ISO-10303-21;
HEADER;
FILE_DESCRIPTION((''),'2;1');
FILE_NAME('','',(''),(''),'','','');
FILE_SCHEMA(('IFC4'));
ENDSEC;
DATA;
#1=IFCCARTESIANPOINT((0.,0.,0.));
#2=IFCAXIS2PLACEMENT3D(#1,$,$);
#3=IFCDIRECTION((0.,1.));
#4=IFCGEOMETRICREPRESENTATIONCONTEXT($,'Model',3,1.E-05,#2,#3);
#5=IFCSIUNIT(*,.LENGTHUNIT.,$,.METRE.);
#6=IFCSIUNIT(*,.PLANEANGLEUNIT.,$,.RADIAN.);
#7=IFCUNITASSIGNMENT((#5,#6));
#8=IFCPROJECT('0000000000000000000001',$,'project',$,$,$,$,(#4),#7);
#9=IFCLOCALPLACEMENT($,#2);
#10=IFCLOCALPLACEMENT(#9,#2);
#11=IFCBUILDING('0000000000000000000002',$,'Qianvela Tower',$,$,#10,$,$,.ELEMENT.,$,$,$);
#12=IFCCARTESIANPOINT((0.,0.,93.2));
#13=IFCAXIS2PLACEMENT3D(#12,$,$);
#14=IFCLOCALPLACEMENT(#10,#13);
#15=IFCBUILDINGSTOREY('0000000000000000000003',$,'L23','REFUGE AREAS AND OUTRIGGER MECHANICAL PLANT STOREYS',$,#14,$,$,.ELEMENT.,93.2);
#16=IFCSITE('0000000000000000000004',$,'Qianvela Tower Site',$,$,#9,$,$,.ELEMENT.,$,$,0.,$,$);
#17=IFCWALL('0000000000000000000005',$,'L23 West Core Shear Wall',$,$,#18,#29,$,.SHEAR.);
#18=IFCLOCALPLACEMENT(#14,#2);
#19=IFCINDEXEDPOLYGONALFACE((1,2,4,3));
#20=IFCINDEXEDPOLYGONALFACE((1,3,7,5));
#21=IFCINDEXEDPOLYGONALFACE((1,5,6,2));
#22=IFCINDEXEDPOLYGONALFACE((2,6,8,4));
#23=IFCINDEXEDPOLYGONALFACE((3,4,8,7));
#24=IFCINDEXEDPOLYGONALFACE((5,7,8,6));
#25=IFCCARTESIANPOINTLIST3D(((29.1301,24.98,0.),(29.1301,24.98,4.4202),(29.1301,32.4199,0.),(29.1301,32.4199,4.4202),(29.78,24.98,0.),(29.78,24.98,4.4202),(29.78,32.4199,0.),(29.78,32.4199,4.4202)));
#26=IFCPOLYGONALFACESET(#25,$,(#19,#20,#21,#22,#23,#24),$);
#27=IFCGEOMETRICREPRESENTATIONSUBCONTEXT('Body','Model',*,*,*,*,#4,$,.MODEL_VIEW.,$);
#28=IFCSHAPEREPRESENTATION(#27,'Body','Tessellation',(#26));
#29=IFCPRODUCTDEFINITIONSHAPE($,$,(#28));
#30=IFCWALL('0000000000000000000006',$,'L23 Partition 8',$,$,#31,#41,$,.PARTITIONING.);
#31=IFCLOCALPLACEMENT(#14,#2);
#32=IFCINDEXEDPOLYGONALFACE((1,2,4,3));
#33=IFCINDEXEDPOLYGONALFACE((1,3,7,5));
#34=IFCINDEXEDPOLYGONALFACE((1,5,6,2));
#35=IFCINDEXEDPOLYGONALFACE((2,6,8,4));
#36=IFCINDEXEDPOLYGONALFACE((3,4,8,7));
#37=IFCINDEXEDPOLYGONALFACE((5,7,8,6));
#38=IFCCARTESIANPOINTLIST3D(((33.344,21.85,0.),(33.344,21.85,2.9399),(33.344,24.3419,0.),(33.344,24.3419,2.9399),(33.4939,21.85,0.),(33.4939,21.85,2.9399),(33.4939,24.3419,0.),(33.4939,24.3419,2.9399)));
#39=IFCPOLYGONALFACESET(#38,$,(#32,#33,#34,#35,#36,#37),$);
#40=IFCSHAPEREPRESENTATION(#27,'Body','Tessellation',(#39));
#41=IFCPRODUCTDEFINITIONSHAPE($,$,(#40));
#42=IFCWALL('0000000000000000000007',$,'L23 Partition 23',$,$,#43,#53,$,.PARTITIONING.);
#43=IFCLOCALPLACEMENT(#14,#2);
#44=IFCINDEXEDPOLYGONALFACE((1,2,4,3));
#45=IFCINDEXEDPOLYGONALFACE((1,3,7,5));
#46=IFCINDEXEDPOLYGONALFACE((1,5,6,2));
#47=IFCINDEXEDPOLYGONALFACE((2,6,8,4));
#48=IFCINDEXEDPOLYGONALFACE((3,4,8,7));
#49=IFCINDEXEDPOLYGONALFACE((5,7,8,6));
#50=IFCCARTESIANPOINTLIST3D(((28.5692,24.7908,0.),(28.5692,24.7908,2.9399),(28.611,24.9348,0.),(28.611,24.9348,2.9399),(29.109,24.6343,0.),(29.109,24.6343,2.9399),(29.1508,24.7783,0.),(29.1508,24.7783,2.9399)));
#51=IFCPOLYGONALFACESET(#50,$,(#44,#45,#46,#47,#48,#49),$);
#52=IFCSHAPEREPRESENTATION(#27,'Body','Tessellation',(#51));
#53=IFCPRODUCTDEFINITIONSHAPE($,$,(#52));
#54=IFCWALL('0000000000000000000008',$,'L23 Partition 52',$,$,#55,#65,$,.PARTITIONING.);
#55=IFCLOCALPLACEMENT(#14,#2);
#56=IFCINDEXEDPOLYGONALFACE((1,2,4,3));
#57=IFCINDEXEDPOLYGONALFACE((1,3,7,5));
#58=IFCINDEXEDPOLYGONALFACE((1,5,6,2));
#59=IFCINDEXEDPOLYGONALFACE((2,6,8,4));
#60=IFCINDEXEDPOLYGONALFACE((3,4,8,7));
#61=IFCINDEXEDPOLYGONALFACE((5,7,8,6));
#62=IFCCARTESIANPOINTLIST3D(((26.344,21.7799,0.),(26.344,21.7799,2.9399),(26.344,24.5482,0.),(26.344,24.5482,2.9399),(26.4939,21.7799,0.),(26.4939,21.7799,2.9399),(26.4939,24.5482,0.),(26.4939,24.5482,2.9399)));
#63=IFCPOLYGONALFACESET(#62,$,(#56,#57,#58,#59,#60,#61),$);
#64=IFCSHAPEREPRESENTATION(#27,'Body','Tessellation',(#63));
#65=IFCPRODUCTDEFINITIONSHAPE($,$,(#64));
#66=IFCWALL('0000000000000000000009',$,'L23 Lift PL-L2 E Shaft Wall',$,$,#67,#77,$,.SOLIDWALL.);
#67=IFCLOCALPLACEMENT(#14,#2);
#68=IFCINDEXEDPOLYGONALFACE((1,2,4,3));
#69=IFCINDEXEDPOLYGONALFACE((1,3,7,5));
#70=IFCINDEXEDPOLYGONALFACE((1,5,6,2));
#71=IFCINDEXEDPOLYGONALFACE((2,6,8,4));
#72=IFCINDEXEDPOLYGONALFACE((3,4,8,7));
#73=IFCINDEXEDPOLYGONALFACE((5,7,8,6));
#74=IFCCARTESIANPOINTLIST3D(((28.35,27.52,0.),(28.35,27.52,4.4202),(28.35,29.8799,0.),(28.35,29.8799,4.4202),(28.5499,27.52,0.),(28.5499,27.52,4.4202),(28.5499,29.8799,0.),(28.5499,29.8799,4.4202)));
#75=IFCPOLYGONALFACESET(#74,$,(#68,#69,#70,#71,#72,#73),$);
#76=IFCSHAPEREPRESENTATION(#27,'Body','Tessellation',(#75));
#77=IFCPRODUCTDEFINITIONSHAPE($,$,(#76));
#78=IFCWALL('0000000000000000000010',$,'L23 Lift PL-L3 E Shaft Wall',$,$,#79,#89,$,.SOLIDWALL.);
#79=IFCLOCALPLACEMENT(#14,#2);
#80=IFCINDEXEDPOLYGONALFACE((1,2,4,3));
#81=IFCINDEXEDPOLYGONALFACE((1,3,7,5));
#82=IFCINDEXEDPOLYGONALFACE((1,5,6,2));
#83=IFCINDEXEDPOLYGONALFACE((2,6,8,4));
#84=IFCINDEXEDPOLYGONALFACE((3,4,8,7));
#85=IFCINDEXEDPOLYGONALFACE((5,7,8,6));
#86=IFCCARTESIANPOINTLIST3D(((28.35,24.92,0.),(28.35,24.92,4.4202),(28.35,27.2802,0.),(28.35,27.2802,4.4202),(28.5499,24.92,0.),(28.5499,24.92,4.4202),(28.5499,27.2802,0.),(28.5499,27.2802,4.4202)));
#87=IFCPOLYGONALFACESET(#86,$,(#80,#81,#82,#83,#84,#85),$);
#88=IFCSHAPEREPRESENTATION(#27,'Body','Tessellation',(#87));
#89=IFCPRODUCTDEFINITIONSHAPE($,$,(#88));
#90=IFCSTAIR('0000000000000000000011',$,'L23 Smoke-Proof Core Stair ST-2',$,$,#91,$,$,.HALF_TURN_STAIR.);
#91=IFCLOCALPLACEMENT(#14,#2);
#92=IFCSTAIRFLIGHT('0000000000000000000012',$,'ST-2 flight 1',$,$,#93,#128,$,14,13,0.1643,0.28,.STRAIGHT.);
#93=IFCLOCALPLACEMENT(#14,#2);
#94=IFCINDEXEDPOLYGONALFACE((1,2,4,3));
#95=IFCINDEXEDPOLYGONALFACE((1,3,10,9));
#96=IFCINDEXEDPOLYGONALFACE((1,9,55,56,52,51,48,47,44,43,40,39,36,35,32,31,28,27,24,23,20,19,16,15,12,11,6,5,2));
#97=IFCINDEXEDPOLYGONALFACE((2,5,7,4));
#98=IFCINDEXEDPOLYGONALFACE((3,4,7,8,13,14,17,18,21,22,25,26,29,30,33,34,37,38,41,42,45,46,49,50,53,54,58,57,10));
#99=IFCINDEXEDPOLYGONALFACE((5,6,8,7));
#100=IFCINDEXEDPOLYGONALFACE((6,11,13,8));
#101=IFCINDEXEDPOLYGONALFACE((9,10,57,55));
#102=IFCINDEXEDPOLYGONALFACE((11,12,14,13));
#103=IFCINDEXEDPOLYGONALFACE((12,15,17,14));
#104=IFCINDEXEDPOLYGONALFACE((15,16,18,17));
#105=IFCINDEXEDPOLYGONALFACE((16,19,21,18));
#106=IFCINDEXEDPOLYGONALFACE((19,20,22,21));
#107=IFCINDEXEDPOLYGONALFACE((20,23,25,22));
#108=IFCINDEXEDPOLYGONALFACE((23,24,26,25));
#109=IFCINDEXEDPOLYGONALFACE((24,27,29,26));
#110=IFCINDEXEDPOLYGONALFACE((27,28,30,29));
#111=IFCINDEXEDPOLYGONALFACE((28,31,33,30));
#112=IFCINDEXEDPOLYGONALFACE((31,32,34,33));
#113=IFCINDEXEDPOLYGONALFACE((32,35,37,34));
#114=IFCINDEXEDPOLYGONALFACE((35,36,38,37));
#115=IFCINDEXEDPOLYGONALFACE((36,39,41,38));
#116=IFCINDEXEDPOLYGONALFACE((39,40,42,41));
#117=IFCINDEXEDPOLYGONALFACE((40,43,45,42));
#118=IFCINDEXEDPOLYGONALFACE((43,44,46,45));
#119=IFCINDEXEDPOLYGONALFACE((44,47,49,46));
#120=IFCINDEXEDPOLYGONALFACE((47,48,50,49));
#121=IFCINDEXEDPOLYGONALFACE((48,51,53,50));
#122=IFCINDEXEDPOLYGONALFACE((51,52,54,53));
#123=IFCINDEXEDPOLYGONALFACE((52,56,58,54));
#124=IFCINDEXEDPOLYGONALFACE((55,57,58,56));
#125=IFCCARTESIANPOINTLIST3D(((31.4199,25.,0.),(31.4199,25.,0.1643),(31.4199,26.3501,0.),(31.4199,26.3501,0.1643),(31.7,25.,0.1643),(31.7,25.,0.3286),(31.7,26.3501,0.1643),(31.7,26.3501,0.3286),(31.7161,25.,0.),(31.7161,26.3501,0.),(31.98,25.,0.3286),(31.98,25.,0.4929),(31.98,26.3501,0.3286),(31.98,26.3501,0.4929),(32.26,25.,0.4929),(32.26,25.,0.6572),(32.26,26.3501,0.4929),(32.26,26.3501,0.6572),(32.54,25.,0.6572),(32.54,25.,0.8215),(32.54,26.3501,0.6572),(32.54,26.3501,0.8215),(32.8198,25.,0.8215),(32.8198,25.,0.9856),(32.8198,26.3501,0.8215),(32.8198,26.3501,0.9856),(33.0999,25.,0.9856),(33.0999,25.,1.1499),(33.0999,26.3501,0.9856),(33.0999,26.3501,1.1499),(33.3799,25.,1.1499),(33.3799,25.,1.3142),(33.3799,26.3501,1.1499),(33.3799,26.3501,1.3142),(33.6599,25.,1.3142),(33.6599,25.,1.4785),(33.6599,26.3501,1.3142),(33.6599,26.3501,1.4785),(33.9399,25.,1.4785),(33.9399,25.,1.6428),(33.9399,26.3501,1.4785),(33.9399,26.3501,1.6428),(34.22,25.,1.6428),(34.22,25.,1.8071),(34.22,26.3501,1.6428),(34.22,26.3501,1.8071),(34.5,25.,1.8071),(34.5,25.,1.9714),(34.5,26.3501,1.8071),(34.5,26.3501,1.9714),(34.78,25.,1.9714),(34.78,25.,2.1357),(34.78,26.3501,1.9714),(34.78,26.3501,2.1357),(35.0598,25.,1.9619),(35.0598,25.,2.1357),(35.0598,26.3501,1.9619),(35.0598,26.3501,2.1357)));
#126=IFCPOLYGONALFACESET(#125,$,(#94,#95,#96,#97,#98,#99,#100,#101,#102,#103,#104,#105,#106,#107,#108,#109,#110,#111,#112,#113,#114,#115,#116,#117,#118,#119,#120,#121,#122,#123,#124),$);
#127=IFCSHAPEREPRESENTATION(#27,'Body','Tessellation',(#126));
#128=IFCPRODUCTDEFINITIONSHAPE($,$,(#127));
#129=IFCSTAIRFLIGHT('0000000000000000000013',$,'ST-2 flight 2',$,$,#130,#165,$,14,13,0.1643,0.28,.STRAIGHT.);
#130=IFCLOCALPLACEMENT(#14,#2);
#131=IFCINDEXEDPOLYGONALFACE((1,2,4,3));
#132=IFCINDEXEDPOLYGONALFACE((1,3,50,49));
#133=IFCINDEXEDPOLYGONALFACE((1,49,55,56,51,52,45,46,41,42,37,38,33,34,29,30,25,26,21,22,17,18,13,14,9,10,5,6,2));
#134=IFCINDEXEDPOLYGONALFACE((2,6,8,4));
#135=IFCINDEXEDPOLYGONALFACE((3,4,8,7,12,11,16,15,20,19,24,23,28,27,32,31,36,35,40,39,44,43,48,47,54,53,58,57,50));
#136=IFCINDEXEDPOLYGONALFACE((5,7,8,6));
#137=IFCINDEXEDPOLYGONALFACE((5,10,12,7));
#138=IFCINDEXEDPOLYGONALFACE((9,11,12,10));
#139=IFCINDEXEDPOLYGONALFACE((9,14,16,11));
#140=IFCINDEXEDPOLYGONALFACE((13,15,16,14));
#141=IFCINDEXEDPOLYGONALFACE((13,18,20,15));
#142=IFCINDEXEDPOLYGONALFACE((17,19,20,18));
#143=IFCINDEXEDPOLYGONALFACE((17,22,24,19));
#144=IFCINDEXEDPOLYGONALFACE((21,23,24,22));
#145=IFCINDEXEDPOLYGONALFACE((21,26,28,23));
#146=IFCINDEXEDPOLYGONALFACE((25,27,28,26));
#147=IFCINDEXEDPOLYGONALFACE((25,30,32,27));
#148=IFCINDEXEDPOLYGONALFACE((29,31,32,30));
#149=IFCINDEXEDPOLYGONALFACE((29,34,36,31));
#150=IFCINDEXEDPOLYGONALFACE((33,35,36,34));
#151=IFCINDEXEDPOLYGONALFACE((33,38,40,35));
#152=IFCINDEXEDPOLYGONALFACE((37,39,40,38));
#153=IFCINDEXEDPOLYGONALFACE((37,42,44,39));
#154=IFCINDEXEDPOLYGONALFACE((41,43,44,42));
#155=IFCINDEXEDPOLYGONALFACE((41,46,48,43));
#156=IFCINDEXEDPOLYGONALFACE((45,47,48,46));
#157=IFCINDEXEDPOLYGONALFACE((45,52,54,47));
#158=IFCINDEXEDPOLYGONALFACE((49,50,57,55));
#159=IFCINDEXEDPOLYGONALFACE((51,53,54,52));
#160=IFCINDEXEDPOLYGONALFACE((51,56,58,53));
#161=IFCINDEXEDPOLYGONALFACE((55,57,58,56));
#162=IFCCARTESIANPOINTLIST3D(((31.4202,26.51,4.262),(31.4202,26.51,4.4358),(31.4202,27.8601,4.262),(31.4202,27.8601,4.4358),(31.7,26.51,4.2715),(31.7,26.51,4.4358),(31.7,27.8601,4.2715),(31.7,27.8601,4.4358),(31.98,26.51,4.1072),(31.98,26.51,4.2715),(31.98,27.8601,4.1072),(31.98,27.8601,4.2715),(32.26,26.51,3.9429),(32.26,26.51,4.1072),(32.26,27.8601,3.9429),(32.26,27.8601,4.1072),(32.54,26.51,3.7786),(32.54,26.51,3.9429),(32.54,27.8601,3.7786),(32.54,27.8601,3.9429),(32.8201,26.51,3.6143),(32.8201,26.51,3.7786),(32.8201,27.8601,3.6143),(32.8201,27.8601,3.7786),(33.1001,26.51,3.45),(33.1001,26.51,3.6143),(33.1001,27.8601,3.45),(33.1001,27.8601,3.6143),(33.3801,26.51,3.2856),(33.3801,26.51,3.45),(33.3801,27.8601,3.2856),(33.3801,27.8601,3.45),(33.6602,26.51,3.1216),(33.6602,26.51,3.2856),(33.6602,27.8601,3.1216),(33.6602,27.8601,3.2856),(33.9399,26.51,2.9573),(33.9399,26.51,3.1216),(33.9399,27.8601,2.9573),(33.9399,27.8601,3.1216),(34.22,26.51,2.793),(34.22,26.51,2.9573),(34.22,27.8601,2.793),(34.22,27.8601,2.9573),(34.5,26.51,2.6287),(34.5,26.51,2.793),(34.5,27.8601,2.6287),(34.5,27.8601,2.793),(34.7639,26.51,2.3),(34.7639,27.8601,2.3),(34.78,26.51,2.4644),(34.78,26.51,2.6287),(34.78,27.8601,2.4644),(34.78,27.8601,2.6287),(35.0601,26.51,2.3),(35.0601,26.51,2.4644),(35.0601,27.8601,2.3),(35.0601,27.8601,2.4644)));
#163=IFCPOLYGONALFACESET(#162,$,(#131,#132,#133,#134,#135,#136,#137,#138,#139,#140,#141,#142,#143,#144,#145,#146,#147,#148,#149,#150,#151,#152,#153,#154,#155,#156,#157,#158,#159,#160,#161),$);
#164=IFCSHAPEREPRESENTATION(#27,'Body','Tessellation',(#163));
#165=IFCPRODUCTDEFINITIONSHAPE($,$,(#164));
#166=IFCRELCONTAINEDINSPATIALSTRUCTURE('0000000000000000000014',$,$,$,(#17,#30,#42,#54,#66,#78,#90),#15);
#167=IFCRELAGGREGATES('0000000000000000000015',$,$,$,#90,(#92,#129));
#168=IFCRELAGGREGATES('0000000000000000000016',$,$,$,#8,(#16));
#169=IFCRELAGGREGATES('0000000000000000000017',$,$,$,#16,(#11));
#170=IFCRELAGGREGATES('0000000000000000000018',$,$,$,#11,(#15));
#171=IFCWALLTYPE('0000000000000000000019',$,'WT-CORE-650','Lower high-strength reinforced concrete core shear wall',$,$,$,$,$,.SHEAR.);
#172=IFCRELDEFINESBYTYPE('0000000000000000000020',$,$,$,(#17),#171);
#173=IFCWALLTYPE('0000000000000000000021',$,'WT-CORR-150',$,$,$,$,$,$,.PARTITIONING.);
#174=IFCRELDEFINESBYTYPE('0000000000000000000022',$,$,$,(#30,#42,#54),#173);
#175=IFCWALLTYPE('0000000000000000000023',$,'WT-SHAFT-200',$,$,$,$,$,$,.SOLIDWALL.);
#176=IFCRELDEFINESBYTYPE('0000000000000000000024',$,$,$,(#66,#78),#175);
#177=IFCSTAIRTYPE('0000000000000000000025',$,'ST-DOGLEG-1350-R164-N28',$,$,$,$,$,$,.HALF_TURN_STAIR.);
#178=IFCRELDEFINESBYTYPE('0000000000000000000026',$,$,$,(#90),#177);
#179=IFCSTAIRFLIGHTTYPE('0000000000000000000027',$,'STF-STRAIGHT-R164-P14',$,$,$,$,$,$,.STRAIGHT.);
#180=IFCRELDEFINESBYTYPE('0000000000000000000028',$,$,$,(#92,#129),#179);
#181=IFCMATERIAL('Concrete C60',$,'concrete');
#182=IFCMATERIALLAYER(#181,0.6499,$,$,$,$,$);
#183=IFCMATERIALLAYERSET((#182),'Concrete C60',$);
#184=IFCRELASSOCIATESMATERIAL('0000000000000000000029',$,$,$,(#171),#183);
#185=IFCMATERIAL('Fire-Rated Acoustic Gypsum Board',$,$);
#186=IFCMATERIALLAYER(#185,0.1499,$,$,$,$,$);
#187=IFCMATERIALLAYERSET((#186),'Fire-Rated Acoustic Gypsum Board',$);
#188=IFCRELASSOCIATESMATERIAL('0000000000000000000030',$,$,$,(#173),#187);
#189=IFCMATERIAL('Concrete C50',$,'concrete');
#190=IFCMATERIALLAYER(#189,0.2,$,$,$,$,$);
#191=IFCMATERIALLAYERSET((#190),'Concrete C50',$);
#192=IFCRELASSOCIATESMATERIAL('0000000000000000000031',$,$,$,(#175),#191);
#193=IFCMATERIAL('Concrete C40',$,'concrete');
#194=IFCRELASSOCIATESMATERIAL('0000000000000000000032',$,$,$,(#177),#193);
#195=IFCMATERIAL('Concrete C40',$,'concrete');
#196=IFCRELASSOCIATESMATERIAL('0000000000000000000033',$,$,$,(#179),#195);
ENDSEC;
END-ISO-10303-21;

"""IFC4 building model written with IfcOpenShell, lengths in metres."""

from ifc_helpers import new_model, si_unit, direction, frame, frame_2d, origin, place, context, subcontext, project, spatial, polyline, rectangle, outline, extrude, material, layer, layer_set, type_object, element, aggregate, save


model = new_model("IFC4")

# Units and contexts
model_context = context("Model", 3, precision=1e-05, world=origin(), true_north=direction((0.0, 1.0)))
body_context = subcontext(model_context, "Body", "Model", "MODEL_VIEW")
ifc_project = project(units=[si_unit("LENGTHUNIT", "METRE"), si_unit("PLANEANGLEUNIT", "RADIAN")], contexts=[model_context])

# Site, building, storey
site_placement = place(None, origin())
site = spatial("IfcSite", under=ifc_project, at=site_placement, Name="Qianvela Tower Site", CompositionType="ELEMENT", RefElevation=0.0)
building_placement = place(site_placement, origin())
building = spatial("IfcBuilding", under=site, at=building_placement, Name="Qianvela Tower", CompositionType="ELEMENT")
storey_placement = place(building_placement, frame((0.0, 0.0, 93.2)))
storey = spatial("IfcBuildingStorey", under=building, at=storey_placement, Name="L23", Description="REFUGE AREAS AND OUTRIGGER MECHANICAL PLANT STOREYS", CompositionType="ELEMENT", Elevation=93.2)

# Shared definitions
ifc_material_1 = material(Name="Concrete C60", Category="concrete")
ifc_layer_1 = layer(ifc_material_1, 0.6499)
ifc_layer_set_1 = layer_set([ifc_layer_1], Name="Concrete C60")
wall_type_1 = type_object("IfcWallType", Name="WT-CORE-650", Description="Lower high-strength reinforced concrete core shear wall", PredefinedType="SHEAR", material=ifc_layer_set_1)

# Walls
wall_1_placement = place(storey_placement, frame((29.4551, 24.98, 0.0), z_axis=(0.0, 0.0, 1.0), x_axis=(0.0, 1.0, 0.0)))
element("IfcWall", 1, at=wall_1_placement, inside=storey, type_object=wall_type_1, Name="L23 West Core Shear Wall", PredefinedType="SHEAR", context=body_context, shape_type="SweptSolid", body=[
    extrude(rectangle(XDim=7.4399, YDim=0.6499, at=frame_2d((3.72, 0.0))), origin(), (0.0, 0.0, 1.0), 4.4202),
])
ifc_material_2 = material(Name="Fire-Rated Acoustic Gypsum Board")
ifc_layer_2 = layer(ifc_material_2, 0.1499)
ifc_layer_set_2 = layer_set([ifc_layer_2], Name="Fire-Rated Acoustic Gypsum Board")
wall_type_2 = type_object("IfcWallType", Name="WT-CORR-150", PredefinedType="PARTITIONING", material=ifc_layer_set_2)
wall_2_placement = place(storey_placement, frame((33.4189, 24.342, 0.0), z_axis=(0.0, 0.0, 1.0), x_axis=(0.0, -1.0, 0.0)))
element("IfcWall", 2, at=wall_2_placement, inside=storey, type_object=wall_type_2, Name="L23 Partition 8", PredefinedType="PARTITIONING", context=body_context, shape_type="SweptSolid", body=[
    extrude(rectangle(XDim=2.4919, YDim=0.1499, at=frame_2d((1.2461, 0.0))), origin(), (0.0, 0.0, 1.0), 2.9399),
])
wall_3_placement = place(storey_placement, frame((29.1299, 24.7063, 0.0), z_axis=(0.0, 0.0, 1.0), x_axis=(-0.960451, 0.278448, 0.0)))
element("IfcWall", 3, at=wall_3_placement, inside=storey, type_object=wall_type_2, Name="L23 Partition 23", PredefinedType="PARTITIONING", context=body_context, shape_type="SweptSolid", body=[
    extrude(rectangle(XDim=0.562, YDim=0.1499, at=frame_2d((0.281, 0.0))), origin(), (0.0, 0.0, 1.0), 2.9399),
])
wall_4_placement = place(storey_placement, frame((26.4189, 24.5483, 0.0), z_axis=(0.0, 0.0, 1.0), x_axis=(0.0, -1.0, 0.0)))
element("IfcWall", 4, at=wall_4_placement, inside=storey, type_object=wall_type_2, Name="L23 Partition 52", PredefinedType="PARTITIONING", context=body_context, shape_type="SweptSolid", body=[
    extrude(rectangle(XDim=2.7683, YDim=0.1499, at=frame_2d((1.3843, 0.0))), origin(), (0.0, 0.0, 1.0), 2.9399),
])
ifc_material_3 = material(Name="Concrete C50", Category="concrete")
ifc_layer_3 = layer(ifc_material_3, 0.2)
ifc_layer_set_3 = layer_set([ifc_layer_3], Name="Concrete C50")
wall_type_3 = type_object("IfcWallType", Name="WT-SHAFT-200", PredefinedType="SOLIDWALL", material=ifc_layer_set_3)
wall_5_placement = place(storey_placement, frame((28.45, 27.52, 0.0), z_axis=(0.0, 0.0, 1.0), x_axis=(0.0, 1.0, 0.0)))
element("IfcWall", 5, at=wall_5_placement, inside=storey, type_object=wall_type_3, Name="L23 Lift PL-L2 E Shaft Wall", PredefinedType="SOLIDWALL", context=body_context, shape_type="SweptSolid", body=[
    extrude(rectangle(XDim=2.3599, YDim=0.2, at=frame_2d((1.1799, 0.0))), origin(), (0.0, 0.0, 1.0), 4.4202),
])
wall_6_placement = place(storey_placement, frame((28.45, 24.9199, 0.0), z_axis=(0.0, 0.0, 1.0), x_axis=(0.0, 1.0, 0.0)))
element("IfcWall", 6, at=wall_6_placement, inside=storey, type_object=wall_type_3, Name="L23 Lift PL-L3 E Shaft Wall", PredefinedType="SOLIDWALL", context=body_context, shape_type="SweptSolid", body=[
    extrude(rectangle(XDim=2.3601, YDim=0.2, at=frame_2d((1.1802, 0.0))), origin(), (0.0, 0.0, 1.0), 4.4202),
])

# Stair, stair flights
ifc_material_4 = material(Name="Concrete C40", Category="concrete")
stair_type = type_object("IfcStairType", Name="ST-DOGLEG-1350-R164-N28", PredefinedType="HALF_TURN_STAIR", material=ifc_material_4)
stair_placement = place(storey_placement, origin())
stair = element("IfcStair", 7, at=stair_placement, inside=storey, type_object=stair_type, Name="L23 Smoke-Proof Core Stair ST-2", PredefinedType="HALF_TURN_STAIR")
ifc_material_5 = material(Name="Concrete C40", Category="concrete")
stair_flight_type = type_object("IfcStairFlightType", Name="STF-STRAIGHT-R164-P14", PredefinedType="STRAIGHT", material=ifc_material_5)
stair_flight_1_placement = place(storey_placement, frame((31.4199, 25.675, 0.0), z_axis=(0.0, 0.0, 1.0), x_axis=(1.0, 0.0, 0.0)))
stair_flight_1 = element("IfcStairFlight", 8, at=stair_flight_1_placement, type_object=stair_flight_type, Name="ST-2 flight 1", NumberOfRisers=14, NumberOfTreads=13, PredefinedType="STRAIGHT", RiserHeight=0.1643, TreadLength=0.28, context=body_context, shape_type="SweptSolid", body=[
    extrude(outline(polyline([(0.0, 0.0), (0.0, 0.1643), (0.28, 0.1643), (0.28, 0.3286), (0.5601, 0.3286), (0.5601, 0.4929), (0.8401, 0.4929), (0.8401, 0.6572), (1.1201, 0.6572), (1.1201, 0.8215), (1.3999, 0.8215), (1.3999, 0.9856), (1.6799, 0.9856), (1.6799, 1.1499), (1.96, 1.1499), (1.96, 1.3142), (2.24, 1.3142), (2.24, 1.4785), (2.52, 1.4785), (2.52, 1.6428), (2.8, 1.6428), (2.8, 1.8071), (3.0801, 1.8071), (3.0801, 1.9714), (3.3601, 1.9714), (3.3601, 2.1357), (3.6399, 2.1357), (3.6399, 2.3), (3.6399, 1.9619), (0.2961, 0.0), (0.0, 0.0)])), frame((0.0, 0.675, 0.0), z_axis=(0.0, -1.0, 0.0), x_axis=(1.0, 0.0, 0.0)), (0.0, 0.0, 1.0), 1.3501),
])
stair_flight_2_placement = place(storey_placement, frame((35.0601, 27.1851, 2.3), z_axis=(0.0, 0.0, 1.0), x_axis=(-1.0, 0.0, 0.0)))
stair_flight_2 = element("IfcStairFlight", 9, at=stair_flight_2_placement, type_object=stair_flight_type, Name="ST-2 flight 2", NumberOfRisers=14, NumberOfTreads=13, PredefinedType="STRAIGHT", RiserHeight=0.1643, TreadLength=0.28, context=body_context, shape_type="SweptSolid", body=[
    extrude(outline(polyline([(0.0, 0.0), (0.0, 0.1643), (0.28, 0.1643), (0.28, 0.3286), (0.5601, 0.3286), (0.5601, 0.4929), (0.8401, 0.4929), (0.8401, 0.6572), (1.1201, 0.6572), (1.1201, 0.8215), (1.3999, 0.8215), (1.3999, 0.9856), (1.6799, 0.9856), (1.6799, 1.1499), (1.96, 1.1499), (1.96, 1.3142), (2.24, 1.3142), (2.24, 1.4785), (2.52, 1.4785), (2.52, 1.6428), (2.8, 1.6428), (2.8, 1.8071), (3.0801, 1.8071), (3.0801, 1.9714), (3.3601, 1.9714), (3.3601, 2.1357), (3.6399, 2.1357), (3.6399, 2.3), (3.6399, 1.9619), (0.2961, 0.0), (0.0, 0.0)])), frame((0.0, 0.675, 0.0), z_axis=(0.0, -1.0, 0.0), x_axis=(1.0, 0.0, 0.0)), (0.0, 0.0, 1.0), 1.3501),
])
aggregate(stair, [stair_flight_1, stair_flight_2])

save(model, "model.ifc")
